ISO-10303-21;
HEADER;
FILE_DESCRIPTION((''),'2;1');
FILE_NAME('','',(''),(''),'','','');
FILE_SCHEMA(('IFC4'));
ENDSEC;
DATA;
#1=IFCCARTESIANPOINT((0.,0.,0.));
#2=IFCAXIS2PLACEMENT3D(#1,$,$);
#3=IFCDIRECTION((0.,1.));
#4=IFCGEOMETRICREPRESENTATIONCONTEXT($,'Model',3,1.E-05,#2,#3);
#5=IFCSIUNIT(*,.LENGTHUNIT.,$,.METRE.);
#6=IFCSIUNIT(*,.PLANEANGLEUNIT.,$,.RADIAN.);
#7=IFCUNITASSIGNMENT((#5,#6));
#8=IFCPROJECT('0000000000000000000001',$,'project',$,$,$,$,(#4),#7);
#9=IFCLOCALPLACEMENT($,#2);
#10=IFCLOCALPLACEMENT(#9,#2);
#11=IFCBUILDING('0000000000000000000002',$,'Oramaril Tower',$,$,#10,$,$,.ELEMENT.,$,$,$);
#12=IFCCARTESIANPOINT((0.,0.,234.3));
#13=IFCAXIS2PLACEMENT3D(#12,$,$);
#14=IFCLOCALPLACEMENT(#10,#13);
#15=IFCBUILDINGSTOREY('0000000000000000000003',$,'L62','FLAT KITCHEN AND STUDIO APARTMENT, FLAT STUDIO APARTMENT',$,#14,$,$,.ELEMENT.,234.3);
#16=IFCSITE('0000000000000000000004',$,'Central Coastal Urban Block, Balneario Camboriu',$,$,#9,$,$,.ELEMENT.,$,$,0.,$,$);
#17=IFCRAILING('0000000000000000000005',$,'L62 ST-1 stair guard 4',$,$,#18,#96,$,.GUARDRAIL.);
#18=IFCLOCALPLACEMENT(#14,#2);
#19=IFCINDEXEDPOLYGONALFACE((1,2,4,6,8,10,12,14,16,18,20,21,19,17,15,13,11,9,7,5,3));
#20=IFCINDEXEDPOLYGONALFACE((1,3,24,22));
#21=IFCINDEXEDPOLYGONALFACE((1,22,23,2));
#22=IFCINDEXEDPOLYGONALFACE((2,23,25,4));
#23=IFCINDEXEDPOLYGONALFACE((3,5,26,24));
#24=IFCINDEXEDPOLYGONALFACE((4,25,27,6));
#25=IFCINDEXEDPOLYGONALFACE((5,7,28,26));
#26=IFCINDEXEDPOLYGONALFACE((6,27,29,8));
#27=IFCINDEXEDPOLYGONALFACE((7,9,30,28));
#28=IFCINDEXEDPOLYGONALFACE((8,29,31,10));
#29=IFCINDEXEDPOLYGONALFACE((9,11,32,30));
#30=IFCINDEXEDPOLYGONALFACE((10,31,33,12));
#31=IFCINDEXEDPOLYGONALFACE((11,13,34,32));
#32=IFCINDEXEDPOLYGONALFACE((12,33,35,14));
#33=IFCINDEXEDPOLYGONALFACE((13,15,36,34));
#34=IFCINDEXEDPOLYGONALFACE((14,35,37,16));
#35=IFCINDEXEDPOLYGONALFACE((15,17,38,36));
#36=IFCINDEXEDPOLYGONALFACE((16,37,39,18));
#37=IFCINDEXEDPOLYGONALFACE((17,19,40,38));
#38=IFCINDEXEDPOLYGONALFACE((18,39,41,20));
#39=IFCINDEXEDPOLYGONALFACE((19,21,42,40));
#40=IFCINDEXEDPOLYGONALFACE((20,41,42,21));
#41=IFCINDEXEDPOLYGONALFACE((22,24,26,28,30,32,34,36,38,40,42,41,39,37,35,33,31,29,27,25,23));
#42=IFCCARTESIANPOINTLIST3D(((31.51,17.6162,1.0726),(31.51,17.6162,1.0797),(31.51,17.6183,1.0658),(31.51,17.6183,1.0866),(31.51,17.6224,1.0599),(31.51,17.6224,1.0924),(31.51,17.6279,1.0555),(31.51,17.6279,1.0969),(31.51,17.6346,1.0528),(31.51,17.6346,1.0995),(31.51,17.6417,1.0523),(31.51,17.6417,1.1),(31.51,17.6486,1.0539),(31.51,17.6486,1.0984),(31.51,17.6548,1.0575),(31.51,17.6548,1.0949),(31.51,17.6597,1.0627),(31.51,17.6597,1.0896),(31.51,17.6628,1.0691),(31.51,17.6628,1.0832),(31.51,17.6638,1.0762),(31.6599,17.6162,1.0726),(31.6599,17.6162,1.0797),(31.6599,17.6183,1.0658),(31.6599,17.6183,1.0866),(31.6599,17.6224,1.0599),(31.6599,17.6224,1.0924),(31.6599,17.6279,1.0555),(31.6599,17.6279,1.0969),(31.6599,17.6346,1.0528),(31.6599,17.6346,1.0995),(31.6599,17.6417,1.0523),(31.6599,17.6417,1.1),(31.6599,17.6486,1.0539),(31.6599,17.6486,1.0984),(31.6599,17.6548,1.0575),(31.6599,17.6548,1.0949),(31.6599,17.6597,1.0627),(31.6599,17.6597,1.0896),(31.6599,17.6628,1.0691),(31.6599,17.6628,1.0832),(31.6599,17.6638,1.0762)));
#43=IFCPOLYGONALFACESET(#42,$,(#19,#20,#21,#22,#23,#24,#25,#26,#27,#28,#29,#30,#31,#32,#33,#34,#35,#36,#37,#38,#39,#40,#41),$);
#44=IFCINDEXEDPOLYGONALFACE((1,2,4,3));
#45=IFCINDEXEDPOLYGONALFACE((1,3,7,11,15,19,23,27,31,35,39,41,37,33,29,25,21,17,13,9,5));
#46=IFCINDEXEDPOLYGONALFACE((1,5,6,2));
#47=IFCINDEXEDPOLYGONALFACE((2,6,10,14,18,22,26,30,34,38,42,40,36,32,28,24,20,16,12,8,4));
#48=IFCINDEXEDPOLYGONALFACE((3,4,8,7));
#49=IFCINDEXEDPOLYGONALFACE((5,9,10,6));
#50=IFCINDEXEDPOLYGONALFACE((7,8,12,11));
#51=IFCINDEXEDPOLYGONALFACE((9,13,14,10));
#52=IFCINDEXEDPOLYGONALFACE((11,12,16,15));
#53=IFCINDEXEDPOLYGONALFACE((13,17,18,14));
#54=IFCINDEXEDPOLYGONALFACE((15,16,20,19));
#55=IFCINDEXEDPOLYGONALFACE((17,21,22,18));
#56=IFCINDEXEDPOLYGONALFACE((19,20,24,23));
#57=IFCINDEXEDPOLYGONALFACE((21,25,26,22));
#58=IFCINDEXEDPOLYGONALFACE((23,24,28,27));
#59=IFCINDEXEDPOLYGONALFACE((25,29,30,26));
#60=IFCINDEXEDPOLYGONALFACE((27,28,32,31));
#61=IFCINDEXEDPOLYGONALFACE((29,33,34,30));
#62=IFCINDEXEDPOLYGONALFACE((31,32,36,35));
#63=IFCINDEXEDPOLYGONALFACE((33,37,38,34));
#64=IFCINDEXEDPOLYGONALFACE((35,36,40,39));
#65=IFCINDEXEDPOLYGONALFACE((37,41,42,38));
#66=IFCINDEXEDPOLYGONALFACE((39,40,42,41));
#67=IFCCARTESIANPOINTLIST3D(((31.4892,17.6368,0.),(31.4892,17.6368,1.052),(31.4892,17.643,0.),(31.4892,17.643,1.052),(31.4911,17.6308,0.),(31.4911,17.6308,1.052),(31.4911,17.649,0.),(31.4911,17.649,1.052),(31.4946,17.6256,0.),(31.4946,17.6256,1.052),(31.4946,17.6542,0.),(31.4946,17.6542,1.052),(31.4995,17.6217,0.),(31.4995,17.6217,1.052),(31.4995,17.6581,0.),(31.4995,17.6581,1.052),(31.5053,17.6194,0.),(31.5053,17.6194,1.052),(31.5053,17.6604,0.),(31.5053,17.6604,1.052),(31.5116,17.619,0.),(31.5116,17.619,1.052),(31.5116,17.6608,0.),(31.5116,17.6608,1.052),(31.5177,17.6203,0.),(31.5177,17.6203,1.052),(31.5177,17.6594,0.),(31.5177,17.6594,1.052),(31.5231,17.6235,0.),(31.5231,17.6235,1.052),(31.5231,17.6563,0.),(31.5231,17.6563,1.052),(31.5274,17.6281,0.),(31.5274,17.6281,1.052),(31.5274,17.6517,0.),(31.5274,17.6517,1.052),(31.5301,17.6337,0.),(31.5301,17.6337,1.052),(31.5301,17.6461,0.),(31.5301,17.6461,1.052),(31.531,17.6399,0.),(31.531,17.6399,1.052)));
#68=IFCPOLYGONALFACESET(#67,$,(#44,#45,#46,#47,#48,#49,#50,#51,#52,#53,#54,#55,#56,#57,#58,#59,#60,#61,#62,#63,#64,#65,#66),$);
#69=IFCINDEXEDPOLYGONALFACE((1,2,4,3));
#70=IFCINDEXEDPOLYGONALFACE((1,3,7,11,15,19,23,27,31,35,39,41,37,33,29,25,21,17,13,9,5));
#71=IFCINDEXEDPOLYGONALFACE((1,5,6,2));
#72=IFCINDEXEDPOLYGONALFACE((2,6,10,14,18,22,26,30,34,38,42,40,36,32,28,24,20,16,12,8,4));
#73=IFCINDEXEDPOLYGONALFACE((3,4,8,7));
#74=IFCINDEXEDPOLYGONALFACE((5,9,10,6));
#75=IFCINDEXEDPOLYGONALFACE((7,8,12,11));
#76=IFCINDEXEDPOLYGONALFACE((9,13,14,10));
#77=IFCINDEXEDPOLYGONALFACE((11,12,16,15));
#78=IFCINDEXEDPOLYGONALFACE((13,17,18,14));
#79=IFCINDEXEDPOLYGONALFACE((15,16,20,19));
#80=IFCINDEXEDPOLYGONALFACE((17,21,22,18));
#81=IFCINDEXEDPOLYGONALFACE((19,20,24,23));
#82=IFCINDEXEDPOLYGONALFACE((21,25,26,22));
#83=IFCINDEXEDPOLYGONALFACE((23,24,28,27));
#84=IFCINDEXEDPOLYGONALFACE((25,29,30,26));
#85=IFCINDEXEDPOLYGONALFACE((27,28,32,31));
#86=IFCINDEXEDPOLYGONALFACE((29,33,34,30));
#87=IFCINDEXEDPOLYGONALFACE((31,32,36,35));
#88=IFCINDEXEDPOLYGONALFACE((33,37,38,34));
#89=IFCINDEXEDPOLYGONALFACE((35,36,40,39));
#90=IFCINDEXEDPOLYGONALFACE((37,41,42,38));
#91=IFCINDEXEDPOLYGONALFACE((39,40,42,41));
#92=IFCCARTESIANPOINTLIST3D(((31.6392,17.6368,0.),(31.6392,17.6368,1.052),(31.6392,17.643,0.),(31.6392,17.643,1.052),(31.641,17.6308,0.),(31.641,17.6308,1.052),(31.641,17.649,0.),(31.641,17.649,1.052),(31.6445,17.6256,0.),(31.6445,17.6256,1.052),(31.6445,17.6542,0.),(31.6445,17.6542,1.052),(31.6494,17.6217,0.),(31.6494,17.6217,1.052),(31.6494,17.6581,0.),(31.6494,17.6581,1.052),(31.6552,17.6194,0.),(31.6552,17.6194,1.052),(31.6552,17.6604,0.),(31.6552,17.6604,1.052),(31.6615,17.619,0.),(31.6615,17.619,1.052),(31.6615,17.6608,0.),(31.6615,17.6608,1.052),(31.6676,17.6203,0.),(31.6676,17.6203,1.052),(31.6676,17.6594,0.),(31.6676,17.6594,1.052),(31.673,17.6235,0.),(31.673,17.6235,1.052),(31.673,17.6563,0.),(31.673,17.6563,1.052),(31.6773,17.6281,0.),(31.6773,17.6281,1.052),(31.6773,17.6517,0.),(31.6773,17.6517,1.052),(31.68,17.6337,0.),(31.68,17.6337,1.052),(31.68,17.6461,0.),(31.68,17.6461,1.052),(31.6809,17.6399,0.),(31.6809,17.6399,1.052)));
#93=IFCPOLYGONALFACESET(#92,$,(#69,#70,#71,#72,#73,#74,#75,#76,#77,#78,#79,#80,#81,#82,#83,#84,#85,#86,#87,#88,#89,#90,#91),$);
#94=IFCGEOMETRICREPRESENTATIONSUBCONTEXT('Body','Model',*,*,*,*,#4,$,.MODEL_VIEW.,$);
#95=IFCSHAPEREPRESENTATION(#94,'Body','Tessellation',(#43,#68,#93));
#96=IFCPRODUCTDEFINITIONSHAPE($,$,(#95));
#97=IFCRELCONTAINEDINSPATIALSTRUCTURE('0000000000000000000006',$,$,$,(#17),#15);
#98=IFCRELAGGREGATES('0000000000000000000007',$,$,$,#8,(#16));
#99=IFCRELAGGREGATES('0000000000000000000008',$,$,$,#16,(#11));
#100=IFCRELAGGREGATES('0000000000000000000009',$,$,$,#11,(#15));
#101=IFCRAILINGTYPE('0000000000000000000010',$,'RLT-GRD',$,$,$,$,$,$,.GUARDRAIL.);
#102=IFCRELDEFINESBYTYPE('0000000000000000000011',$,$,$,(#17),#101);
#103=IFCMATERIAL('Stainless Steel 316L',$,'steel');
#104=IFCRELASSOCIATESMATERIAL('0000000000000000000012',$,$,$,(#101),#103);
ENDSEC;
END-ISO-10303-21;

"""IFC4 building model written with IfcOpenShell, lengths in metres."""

from ifc_helpers import new_model, si_unit, direction, frame, origin, origin_2d, place, context, subcontext, project, spatial, circle, extrude, material, type_object, element, save


model = new_model("IFC4")

# Units and contexts
model_context = context("Model", 3, precision=1e-05, world=origin(), true_north=direction((0.0, 1.0)))
body_context = subcontext(model_context, "Body", "Model", "MODEL_VIEW")
ifc_project = project(units=[si_unit("LENGTHUNIT", "METRE"), si_unit("PLANEANGLEUNIT", "RADIAN")], contexts=[model_context])

# Site, building, storey
site_placement = place(None, origin())
site = spatial("IfcSite", under=ifc_project, at=site_placement, Name="Central Coastal Urban Block, Balneario Camboriu", CompositionType="ELEMENT", RefElevation=0.0)
building_placement = place(site_placement, origin())
building = spatial("IfcBuilding", under=site, at=building_placement, Name="Oramaril Tower", CompositionType="ELEMENT")
storey_placement = place(building_placement, frame((0.0, 0.0, 234.3)))
storey = spatial("IfcBuildingStorey", under=building, at=storey_placement, Name="L62", Description="FLAT KITCHEN AND STUDIO APARTMENT, FLAT STUDIO APARTMENT", CompositionType="ELEMENT", Elevation=234.3)

# Railing
ifc_material_1 = material(Name="Stainless Steel 316L", Category="steel")
railing_type_1 = type_object("IfcRailingType", Name="RLT-GRD", PredefinedType="GUARDRAIL", material=ifc_material_1)
railing_1_placement = place(storey_placement, frame((31.51, 17.6399, 0.0)))
element("IfcRailing", 1, at=railing_1_placement, inside=storey, type_object=railing_type_1, Name="L62 ST-1 stair guard 4", PredefinedType="GUARDRAIL", context=body_context, shape_type="SweptSolid", body=[
    extrude(circle(Radius=0.0239, at=origin_2d()), frame((0.0, 0.0, 1.0762), z_axis=(1.0, 0.0, 0.0), x_axis=(0.0, 1.0, 0.0)), (0.0, 0.0, 1.0), 0.1499),
    extrude(circle(Radius=0.021, at=origin_2d()), origin(), (0.0, 0.0, 1.0), 1.052),
    extrude(circle(Radius=0.021, at=origin_2d()), frame((0.1499, 0.0, 0.0)), (0.0, 0.0, 1.0), 1.052),
])

save(model, "model.ifc")
